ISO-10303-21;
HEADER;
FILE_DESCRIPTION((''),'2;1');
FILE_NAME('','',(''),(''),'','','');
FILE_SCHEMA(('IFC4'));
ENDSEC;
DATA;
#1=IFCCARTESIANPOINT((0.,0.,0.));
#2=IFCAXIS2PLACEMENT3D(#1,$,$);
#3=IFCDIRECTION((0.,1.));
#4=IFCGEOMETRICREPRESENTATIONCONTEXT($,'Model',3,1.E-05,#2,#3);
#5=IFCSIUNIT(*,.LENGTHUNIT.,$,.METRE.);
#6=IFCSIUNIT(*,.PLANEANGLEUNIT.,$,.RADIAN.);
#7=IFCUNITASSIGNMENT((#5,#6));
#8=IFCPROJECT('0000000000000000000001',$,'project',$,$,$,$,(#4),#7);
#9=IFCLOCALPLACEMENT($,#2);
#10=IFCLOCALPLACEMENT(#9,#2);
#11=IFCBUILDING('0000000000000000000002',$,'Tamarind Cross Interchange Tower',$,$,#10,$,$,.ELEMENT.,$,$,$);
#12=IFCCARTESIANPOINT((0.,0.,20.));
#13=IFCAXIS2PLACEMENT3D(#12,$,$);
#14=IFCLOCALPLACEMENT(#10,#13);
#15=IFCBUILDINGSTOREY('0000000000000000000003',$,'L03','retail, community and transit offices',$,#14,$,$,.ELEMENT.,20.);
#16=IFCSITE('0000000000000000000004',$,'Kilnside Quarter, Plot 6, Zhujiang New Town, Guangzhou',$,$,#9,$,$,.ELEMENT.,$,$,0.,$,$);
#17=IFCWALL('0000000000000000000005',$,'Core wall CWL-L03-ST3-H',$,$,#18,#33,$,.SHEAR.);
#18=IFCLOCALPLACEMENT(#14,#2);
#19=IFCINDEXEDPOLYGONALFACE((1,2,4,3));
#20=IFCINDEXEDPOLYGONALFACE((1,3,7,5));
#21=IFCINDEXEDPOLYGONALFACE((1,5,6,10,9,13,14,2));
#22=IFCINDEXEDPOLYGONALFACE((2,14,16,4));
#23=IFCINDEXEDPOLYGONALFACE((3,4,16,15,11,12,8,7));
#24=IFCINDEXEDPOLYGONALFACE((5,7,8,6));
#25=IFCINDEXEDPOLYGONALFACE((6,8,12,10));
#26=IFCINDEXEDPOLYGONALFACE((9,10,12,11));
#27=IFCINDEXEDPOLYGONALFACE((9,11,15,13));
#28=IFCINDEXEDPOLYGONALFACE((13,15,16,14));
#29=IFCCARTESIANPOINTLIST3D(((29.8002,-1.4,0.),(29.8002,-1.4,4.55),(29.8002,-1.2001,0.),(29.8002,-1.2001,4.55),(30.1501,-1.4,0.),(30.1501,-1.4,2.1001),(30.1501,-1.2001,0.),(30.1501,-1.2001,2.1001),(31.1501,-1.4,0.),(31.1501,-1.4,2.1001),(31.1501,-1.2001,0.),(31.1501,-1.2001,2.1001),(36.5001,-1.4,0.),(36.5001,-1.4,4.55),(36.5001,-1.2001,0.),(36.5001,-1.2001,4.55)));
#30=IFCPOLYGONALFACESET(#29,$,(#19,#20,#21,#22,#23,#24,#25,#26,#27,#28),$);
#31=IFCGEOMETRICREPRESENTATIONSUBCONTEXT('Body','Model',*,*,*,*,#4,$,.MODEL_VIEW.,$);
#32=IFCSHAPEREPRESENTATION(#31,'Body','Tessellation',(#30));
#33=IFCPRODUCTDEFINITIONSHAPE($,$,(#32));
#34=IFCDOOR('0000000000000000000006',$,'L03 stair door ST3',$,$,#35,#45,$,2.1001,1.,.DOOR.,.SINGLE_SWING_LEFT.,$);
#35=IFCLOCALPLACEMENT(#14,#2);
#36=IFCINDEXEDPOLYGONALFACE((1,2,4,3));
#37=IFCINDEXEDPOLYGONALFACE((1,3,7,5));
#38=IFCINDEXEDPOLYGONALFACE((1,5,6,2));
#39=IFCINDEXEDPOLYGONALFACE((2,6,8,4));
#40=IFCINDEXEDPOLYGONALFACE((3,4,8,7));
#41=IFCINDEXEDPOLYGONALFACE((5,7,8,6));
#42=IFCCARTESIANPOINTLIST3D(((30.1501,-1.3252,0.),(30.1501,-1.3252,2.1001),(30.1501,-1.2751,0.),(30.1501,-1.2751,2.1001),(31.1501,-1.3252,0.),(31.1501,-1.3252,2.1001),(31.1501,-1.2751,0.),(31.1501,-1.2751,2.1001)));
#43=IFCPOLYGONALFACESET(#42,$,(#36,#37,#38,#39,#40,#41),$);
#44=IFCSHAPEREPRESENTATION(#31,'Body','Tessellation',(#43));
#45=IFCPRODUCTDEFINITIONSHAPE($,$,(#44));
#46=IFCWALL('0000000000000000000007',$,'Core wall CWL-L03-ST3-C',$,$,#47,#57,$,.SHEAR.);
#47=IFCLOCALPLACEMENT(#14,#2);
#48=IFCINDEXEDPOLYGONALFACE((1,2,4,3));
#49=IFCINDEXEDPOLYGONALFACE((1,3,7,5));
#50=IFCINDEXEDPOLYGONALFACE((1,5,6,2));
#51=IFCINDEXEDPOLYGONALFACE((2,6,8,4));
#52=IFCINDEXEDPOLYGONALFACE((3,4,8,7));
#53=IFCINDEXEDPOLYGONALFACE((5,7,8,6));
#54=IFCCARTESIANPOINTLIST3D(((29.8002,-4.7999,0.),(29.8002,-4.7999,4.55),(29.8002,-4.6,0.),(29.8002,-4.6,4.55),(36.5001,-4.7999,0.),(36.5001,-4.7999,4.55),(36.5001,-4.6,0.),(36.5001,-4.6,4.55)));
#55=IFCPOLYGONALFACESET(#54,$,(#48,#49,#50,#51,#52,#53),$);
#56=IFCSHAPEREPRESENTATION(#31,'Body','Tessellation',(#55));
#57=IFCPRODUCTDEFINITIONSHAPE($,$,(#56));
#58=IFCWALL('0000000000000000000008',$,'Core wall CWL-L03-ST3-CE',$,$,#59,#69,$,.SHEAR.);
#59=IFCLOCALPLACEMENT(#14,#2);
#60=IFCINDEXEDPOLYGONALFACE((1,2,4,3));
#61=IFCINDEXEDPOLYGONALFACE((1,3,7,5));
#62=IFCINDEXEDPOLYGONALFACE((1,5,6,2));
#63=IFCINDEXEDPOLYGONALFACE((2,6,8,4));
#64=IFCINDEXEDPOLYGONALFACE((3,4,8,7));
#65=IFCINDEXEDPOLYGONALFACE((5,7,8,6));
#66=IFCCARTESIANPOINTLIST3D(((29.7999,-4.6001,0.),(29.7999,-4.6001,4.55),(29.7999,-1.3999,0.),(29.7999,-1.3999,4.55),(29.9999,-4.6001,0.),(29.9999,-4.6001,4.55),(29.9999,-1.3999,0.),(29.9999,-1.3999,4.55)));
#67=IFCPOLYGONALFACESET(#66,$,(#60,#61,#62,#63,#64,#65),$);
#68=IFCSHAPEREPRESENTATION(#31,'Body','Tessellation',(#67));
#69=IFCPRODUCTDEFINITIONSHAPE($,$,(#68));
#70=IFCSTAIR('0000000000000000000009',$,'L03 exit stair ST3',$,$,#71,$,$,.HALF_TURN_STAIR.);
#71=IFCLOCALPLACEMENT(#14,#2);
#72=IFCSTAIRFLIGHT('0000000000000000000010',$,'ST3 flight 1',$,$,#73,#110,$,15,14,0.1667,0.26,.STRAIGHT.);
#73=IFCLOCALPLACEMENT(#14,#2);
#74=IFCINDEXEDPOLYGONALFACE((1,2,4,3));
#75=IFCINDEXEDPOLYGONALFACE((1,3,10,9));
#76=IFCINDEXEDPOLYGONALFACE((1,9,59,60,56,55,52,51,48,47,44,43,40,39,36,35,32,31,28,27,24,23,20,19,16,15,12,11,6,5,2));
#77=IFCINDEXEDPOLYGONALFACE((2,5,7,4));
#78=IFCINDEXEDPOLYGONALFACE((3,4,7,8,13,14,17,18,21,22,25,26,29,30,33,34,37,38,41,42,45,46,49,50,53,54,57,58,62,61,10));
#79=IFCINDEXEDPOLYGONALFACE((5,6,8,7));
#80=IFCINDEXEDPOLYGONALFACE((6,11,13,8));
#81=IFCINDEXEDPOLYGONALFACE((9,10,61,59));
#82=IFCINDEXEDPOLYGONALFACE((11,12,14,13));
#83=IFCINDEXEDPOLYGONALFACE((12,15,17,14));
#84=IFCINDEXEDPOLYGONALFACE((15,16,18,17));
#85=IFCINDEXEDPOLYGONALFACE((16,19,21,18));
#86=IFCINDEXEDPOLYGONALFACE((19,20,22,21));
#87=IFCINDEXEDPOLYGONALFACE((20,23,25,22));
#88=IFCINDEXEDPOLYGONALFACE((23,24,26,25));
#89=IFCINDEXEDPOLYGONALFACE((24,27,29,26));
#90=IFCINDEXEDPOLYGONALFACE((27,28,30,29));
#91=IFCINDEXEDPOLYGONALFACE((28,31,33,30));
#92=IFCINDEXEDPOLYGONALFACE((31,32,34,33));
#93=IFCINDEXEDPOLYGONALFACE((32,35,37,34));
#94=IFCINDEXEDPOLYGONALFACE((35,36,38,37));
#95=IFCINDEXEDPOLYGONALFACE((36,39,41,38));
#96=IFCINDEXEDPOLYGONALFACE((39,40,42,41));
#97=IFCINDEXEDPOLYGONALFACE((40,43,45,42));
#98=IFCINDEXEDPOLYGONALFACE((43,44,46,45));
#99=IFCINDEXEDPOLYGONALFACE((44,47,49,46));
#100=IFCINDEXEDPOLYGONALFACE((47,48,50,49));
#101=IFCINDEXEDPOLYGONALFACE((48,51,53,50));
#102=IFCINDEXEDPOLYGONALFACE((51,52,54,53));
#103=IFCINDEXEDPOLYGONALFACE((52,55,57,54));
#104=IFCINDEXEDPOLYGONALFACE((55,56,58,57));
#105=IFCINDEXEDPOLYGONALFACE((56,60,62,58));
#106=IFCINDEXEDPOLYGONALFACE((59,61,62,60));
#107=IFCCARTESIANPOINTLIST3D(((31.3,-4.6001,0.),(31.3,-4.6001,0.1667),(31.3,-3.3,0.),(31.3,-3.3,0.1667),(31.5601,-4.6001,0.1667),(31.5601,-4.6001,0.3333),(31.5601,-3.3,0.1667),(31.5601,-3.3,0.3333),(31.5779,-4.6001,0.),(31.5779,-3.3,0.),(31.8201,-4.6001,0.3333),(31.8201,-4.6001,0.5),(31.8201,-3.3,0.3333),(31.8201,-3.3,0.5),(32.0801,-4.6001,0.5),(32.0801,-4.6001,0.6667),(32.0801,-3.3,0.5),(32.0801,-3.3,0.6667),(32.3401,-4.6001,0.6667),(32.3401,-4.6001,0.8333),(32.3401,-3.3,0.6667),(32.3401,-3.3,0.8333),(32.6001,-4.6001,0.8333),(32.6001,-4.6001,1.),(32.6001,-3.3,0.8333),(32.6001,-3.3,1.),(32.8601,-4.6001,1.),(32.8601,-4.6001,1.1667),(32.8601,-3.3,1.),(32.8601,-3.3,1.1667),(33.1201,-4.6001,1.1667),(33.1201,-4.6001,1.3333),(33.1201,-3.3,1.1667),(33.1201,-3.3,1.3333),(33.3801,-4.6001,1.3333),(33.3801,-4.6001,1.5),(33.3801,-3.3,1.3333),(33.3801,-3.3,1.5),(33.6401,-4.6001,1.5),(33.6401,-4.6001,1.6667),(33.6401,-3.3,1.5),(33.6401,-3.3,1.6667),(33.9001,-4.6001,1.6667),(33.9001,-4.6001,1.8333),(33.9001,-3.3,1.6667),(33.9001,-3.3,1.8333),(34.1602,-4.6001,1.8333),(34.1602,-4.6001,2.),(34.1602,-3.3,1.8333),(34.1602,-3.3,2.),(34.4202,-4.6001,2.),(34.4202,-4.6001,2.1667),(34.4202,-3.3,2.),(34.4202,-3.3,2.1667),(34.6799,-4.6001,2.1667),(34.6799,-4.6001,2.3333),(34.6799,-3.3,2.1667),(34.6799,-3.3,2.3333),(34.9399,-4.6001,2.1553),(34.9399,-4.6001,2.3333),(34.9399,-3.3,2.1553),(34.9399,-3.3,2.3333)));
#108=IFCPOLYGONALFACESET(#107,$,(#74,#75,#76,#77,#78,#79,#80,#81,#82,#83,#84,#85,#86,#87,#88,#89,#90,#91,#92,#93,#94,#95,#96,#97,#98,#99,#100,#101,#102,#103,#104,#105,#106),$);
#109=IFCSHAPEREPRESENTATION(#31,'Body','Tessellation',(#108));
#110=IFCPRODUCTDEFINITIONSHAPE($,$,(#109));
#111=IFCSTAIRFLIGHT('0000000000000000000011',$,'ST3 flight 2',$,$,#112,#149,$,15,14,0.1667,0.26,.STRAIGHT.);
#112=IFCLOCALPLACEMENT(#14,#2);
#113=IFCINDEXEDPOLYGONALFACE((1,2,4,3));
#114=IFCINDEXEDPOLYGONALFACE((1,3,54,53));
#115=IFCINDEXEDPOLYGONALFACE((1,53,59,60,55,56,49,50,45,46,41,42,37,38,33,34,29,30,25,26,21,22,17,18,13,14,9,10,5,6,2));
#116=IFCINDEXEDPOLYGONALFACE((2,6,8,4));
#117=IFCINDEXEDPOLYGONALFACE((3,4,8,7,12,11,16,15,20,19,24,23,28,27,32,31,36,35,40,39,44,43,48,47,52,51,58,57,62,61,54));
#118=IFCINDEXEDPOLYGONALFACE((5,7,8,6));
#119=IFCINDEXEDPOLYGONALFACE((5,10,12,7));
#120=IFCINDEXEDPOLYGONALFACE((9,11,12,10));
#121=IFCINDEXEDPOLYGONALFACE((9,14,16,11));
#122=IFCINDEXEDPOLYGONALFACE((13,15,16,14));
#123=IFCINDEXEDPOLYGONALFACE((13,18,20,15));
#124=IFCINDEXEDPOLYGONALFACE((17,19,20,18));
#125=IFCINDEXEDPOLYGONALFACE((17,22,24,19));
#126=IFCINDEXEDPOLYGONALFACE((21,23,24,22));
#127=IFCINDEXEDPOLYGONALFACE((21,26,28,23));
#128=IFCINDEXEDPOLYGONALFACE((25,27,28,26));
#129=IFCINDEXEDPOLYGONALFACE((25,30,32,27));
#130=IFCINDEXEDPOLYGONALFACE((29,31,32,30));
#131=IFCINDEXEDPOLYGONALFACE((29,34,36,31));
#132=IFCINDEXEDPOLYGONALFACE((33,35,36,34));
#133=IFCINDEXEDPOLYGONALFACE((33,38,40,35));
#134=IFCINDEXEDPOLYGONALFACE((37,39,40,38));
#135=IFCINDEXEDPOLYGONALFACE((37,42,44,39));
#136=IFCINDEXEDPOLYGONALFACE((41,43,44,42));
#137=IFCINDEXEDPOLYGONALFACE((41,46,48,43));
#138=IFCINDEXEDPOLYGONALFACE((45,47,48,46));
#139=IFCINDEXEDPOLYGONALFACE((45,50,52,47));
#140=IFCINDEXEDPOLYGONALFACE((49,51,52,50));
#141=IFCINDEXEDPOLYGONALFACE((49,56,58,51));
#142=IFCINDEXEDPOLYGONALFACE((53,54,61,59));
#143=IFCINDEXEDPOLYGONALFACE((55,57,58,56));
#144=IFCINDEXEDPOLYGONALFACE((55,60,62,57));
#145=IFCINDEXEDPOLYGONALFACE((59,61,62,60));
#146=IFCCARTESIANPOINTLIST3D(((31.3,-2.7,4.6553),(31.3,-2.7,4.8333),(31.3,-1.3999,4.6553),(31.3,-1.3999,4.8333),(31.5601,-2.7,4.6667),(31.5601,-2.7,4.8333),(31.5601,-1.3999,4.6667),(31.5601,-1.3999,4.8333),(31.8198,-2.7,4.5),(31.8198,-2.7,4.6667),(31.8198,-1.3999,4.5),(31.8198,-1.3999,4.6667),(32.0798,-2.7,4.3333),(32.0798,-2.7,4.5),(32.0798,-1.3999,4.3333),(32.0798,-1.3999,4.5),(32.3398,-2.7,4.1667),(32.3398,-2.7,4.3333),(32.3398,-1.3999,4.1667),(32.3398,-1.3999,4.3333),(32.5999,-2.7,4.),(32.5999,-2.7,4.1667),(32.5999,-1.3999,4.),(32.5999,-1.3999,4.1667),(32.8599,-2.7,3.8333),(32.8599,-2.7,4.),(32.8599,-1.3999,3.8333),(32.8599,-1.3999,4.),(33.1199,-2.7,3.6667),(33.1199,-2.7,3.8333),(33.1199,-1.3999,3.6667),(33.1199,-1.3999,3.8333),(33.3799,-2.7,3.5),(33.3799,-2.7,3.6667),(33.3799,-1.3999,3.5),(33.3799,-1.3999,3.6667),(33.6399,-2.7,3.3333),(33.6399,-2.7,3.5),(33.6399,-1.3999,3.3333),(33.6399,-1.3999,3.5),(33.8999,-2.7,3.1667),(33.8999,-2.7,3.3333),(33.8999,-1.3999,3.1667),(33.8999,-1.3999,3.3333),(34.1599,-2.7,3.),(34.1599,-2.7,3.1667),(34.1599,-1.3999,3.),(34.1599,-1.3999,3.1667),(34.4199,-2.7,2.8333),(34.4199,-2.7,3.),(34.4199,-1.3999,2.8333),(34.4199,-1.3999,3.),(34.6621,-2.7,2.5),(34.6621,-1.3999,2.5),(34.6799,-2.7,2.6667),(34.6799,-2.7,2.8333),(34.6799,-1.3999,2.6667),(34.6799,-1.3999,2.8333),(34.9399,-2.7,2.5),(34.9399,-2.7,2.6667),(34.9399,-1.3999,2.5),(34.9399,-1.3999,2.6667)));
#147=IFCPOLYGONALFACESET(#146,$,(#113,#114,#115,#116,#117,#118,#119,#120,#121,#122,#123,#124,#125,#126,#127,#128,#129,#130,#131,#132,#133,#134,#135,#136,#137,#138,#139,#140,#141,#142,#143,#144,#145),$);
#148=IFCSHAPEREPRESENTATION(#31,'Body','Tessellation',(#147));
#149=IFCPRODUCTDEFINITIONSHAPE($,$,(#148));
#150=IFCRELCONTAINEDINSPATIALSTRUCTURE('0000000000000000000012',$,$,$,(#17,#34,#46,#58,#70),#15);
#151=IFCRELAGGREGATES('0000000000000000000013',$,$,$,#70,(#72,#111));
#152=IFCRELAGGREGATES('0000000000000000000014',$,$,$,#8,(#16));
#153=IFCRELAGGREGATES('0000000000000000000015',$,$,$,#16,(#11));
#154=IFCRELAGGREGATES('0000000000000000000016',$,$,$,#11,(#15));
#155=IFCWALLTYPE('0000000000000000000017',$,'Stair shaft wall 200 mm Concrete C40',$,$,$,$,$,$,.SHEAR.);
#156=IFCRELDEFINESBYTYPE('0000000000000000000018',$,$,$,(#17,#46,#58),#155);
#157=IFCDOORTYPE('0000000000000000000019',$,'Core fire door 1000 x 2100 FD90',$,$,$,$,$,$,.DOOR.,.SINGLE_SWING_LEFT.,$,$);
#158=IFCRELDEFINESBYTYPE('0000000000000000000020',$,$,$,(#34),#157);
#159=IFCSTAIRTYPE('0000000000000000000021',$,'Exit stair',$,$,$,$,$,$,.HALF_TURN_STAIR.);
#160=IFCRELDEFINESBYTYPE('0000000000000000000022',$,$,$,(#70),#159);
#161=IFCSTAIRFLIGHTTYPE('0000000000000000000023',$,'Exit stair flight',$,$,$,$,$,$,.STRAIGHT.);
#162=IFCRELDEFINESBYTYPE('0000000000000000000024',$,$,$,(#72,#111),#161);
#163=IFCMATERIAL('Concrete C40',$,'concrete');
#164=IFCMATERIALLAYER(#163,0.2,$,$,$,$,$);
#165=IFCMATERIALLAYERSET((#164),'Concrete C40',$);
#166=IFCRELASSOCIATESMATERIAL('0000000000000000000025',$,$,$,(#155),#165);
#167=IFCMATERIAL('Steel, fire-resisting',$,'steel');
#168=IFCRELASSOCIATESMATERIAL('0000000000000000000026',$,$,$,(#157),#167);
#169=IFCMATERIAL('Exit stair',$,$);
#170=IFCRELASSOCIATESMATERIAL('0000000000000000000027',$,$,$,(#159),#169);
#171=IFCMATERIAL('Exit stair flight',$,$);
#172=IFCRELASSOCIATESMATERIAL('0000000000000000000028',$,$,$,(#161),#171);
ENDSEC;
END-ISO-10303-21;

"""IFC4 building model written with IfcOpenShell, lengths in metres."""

from ifc_helpers import new_model, si_unit, direction, frame, frame_2d, origin, place, context, subcontext, project, spatial, polyline, rectangle, outline, extrude, material, layer, layer_set, type_object, element, fill, aggregate, save


model = new_model("IFC4")

# Units and contexts
model_context = context("Model", 3, precision=1e-05, world=origin(), true_north=direction((0.0, 1.0)))
body_context = subcontext(model_context, "Body", "Model", "MODEL_VIEW")
ifc_project = project(units=[si_unit("LENGTHUNIT", "METRE"), si_unit("PLANEANGLEUNIT", "RADIAN")], contexts=[model_context])

# Site, building, storey
site_placement = place(None, origin())
site = spatial("IfcSite", under=ifc_project, at=site_placement, Name="Kilnside Quarter, Plot 6, Zhujiang New Town, Guangzhou", CompositionType="ELEMENT", RefElevation=0.0)
building_placement = place(site_placement, origin())
building = spatial("IfcBuilding", under=site, at=building_placement, Name="Tamarind Cross Interchange Tower", CompositionType="ELEMENT")
storey_placement = place(building_placement, frame((0.0, 0.0, 20.0)))
storey = spatial("IfcBuildingStorey", under=building, at=storey_placement, Name="L03", Description="retail, community and transit offices", CompositionType="ELEMENT", Elevation=20.0)

# Shared definitions
ifc_material_1 = material(Name="Concrete C40", Category="concrete")

# Wall, opening, door
ifc_layer_1 = layer(ifc_material_1, 0.2)
ifc_layer_set_1 = layer_set([ifc_layer_1], Name="Concrete C40")
wall_type_1 = type_object("IfcWallType", Name="Stair shaft wall 200 mm Concrete C40", PredefinedType="SHEAR", material=ifc_layer_set_1)
wall_1_placement = place(storey_placement, frame((29.8, -1.3, 0.0), z_axis=(0.0, 0.0, 1.0), x_axis=(1.0, 0.0, 0.0)))
wall_1 = element("IfcWall", 1, at=wall_1_placement, inside=storey, type_object=wall_type_1, Name="Core wall CWL-L03-ST3-H", PredefinedType="SHEAR", context=body_context, shape_type="SweptSolid", body=[
    extrude(rectangle(XDim=6.7, YDim=0.2, at=frame_2d((3.3501, 0.0))), origin(), (0.0, 0.0, 1.0), 4.55),
])
opening_placement = place(wall_1_placement, frame((0.3501, 0.0, 0.0)))
opening = element("IfcOpeningElement", 2, at=opening_placement, cuts=wall_1, PredefinedType="OPENING", context=body_context, shape_type="SweptSolid", body=[
    extrude(rectangle(XDim=1.0, YDim=2.1001, at=frame_2d((0.5, 1.05))), frame((0.0, 0.1099, 0.0), z_axis=(0.0, -1.0, 0.0), x_axis=(1.0, 0.0, 0.0)), (0.0, 0.0, 1.0), 0.22),
])
ifc_material_2 = material(Name="Steel, fire-resisting", Category="steel")
door_type = type_object("IfcDoorType", Name="Core fire door 1000 x 2100 FD90", OperationType="SINGLE_SWING_LEFT", PredefinedType="DOOR", material=ifc_material_2)
door_placement = place(opening_placement, origin())
door = element("IfcDoor", 3, at=door_placement, inside=storey, type_object=door_type, Name="L03 stair door ST3", OperationType="SINGLE_SWING_LEFT", OverallHeight=2.1001, OverallWidth=1.0, PredefinedType="DOOR", context=body_context, shape_type="SweptSolid", body=[
    extrude(rectangle(XDim=1.0, YDim=2.1001, at=frame_2d((0.5, 1.05))), frame((0.0, 0.0249, 0.0), z_axis=(0.0, -1.0, 0.0), x_axis=(1.0, 0.0, 0.0)), (0.0, 0.0, 1.0), 0.05),
])
fill(opening, door)

# Walls
wall_2_placement = place(storey_placement, frame((29.8, -4.7, 0.0), z_axis=(0.0, 0.0, 1.0), x_axis=(1.0, 0.0, 0.0)))
element("IfcWall", 4, at=wall_2_placement, inside=storey, type_object=wall_type_1, Name="Core wall CWL-L03-ST3-C", PredefinedType="SHEAR", context=body_context, shape_type="SweptSolid", body=[
    extrude(rectangle(XDim=6.7, YDim=0.2, at=frame_2d((3.3501, 0.0))), origin(), (0.0, 0.0, 1.0), 4.55),
])
wall_3_placement = place(storey_placement, frame((29.8999, -4.6001, 0.0), z_axis=(0.0, 0.0, 1.0), x_axis=(0.0, 1.0, 0.0)))
element("IfcWall", 5, at=wall_3_placement, inside=storey, type_object=wall_type_1, Name="Core wall CWL-L03-ST3-CE", PredefinedType="SHEAR", context=body_context, shape_type="SweptSolid", body=[
    extrude(rectangle(XDim=3.2002, YDim=0.2, at=frame_2d((1.6001, 0.0))), origin(), (0.0, 0.0, 1.0), 4.55),
])

# Stair, stair flights
ifc_material_3 = material(Name="Exit stair")
stair_type_1 = type_object("IfcStairType", Name="Exit stair", PredefinedType="HALF_TURN_STAIR", material=ifc_material_3)
stair_1_placement = place(storey_placement, origin())
stair_1 = element("IfcStair", 6, at=stair_1_placement, inside=storey, type_object=stair_type_1, Name="L03 exit stair ST3", PredefinedType="HALF_TURN_STAIR")
ifc_material_4 = material(Name="Exit stair flight")
stair_flight_type_1 = type_object("IfcStairFlightType", Name="Exit stair flight", PredefinedType="STRAIGHT", material=ifc_material_4)
stair_flight_1_placement = place(storey_placement, frame((31.3, -3.95, 0.0), z_axis=(0.0, 0.0, 1.0), x_axis=(1.0, 0.0, 0.0)))
stair_flight_1 = element("IfcStairFlight", 7, at=stair_flight_1_placement, type_object=stair_flight_type_1, Name="ST3 flight 1", NumberOfRisers=15, NumberOfTreads=14, PredefinedType="STRAIGHT", RiserHeight=0.1667, TreadLength=0.26, context=body_context, shape_type="SweptSolid", body=[
    extrude(outline(polyline([(0.0, 0.0), (0.0, 0.1667), (0.26, 0.1667), (0.26, 0.3333), (0.52, 0.3333), (0.52, 0.5), (0.78, 0.5), (0.78, 0.6667), (1.04, 0.6667), (1.04, 0.8333), (1.3, 0.8333), (1.3, 1.0), (1.5601, 1.0), (1.5601, 1.1667), (1.8201, 1.1667), (1.8201, 1.3333), (2.0801, 1.3333), (2.0801, 1.5), (2.3401, 1.5), (2.3401, 1.6667), (2.6001, 1.6667), (2.6001, 1.8333), (2.8601, 1.8333), (2.8601, 2.0), (3.1201, 2.0), (3.1201, 2.1667), (3.3799, 2.1667), (3.3799, 2.3333), (3.6399, 2.3333), (3.6399, 2.5), (3.6399, 2.1553), (0.2778, 0.0), (0.0, 0.0)])), frame((0.0, 0.6499, 0.0), z_axis=(0.0, -1.0, 0.0), x_axis=(1.0, 0.0, 0.0)), (0.0, 0.0, 1.0), 1.3),
])
stair_flight_2_placement = place(storey_placement, frame((34.9399, -2.05, 2.5), z_axis=(0.0, 0.0, 1.0), x_axis=(-1.0, 0.0, 0.0)))
stair_flight_2 = element("IfcStairFlight", 8, at=stair_flight_2_placement, type_object=stair_flight_type_1, Name="ST3 flight 2", NumberOfRisers=15, NumberOfTreads=14, PredefinedType="STRAIGHT", RiserHeight=0.1667, TreadLength=0.26, context=body_context, shape_type="SweptSolid", body=[
    extrude(outline(polyline([(0.0, 0.0), (0.0, 0.1667), (0.26, 0.1667), (0.26, 0.3333), (0.52, 0.3333), (0.52, 0.5), (0.78, 0.5), (0.78, 0.6667), (1.04, 0.6667), (1.04, 0.8333), (1.3, 0.8333), (1.3, 1.0), (1.5601, 1.0), (1.5601, 1.1667), (1.8201, 1.1667), (1.8201, 1.3333), (2.0801, 1.3333), (2.0801, 1.5), (2.3401, 1.5), (2.3401, 1.6667), (2.6001, 1.6667), (2.6001, 1.8333), (2.8601, 1.8333), (2.8601, 2.0), (3.1201, 2.0), (3.1201, 2.1667), (3.3799, 2.1667), (3.3799, 2.3333), (3.6399, 2.3333), (3.6399, 2.5), (3.6399, 2.1553), (0.2778, 0.0), (0.0, 0.0)])), frame((0.0, 0.6499, 0.0), z_axis=(0.0, -1.0, 0.0), x_axis=(1.0, 0.0, 0.0)), (0.0, 0.0, 1.0), 1.3),
])
aggregate(stair_1, [stair_flight_1, stair_flight_2])

save(model, "model.ifc")
